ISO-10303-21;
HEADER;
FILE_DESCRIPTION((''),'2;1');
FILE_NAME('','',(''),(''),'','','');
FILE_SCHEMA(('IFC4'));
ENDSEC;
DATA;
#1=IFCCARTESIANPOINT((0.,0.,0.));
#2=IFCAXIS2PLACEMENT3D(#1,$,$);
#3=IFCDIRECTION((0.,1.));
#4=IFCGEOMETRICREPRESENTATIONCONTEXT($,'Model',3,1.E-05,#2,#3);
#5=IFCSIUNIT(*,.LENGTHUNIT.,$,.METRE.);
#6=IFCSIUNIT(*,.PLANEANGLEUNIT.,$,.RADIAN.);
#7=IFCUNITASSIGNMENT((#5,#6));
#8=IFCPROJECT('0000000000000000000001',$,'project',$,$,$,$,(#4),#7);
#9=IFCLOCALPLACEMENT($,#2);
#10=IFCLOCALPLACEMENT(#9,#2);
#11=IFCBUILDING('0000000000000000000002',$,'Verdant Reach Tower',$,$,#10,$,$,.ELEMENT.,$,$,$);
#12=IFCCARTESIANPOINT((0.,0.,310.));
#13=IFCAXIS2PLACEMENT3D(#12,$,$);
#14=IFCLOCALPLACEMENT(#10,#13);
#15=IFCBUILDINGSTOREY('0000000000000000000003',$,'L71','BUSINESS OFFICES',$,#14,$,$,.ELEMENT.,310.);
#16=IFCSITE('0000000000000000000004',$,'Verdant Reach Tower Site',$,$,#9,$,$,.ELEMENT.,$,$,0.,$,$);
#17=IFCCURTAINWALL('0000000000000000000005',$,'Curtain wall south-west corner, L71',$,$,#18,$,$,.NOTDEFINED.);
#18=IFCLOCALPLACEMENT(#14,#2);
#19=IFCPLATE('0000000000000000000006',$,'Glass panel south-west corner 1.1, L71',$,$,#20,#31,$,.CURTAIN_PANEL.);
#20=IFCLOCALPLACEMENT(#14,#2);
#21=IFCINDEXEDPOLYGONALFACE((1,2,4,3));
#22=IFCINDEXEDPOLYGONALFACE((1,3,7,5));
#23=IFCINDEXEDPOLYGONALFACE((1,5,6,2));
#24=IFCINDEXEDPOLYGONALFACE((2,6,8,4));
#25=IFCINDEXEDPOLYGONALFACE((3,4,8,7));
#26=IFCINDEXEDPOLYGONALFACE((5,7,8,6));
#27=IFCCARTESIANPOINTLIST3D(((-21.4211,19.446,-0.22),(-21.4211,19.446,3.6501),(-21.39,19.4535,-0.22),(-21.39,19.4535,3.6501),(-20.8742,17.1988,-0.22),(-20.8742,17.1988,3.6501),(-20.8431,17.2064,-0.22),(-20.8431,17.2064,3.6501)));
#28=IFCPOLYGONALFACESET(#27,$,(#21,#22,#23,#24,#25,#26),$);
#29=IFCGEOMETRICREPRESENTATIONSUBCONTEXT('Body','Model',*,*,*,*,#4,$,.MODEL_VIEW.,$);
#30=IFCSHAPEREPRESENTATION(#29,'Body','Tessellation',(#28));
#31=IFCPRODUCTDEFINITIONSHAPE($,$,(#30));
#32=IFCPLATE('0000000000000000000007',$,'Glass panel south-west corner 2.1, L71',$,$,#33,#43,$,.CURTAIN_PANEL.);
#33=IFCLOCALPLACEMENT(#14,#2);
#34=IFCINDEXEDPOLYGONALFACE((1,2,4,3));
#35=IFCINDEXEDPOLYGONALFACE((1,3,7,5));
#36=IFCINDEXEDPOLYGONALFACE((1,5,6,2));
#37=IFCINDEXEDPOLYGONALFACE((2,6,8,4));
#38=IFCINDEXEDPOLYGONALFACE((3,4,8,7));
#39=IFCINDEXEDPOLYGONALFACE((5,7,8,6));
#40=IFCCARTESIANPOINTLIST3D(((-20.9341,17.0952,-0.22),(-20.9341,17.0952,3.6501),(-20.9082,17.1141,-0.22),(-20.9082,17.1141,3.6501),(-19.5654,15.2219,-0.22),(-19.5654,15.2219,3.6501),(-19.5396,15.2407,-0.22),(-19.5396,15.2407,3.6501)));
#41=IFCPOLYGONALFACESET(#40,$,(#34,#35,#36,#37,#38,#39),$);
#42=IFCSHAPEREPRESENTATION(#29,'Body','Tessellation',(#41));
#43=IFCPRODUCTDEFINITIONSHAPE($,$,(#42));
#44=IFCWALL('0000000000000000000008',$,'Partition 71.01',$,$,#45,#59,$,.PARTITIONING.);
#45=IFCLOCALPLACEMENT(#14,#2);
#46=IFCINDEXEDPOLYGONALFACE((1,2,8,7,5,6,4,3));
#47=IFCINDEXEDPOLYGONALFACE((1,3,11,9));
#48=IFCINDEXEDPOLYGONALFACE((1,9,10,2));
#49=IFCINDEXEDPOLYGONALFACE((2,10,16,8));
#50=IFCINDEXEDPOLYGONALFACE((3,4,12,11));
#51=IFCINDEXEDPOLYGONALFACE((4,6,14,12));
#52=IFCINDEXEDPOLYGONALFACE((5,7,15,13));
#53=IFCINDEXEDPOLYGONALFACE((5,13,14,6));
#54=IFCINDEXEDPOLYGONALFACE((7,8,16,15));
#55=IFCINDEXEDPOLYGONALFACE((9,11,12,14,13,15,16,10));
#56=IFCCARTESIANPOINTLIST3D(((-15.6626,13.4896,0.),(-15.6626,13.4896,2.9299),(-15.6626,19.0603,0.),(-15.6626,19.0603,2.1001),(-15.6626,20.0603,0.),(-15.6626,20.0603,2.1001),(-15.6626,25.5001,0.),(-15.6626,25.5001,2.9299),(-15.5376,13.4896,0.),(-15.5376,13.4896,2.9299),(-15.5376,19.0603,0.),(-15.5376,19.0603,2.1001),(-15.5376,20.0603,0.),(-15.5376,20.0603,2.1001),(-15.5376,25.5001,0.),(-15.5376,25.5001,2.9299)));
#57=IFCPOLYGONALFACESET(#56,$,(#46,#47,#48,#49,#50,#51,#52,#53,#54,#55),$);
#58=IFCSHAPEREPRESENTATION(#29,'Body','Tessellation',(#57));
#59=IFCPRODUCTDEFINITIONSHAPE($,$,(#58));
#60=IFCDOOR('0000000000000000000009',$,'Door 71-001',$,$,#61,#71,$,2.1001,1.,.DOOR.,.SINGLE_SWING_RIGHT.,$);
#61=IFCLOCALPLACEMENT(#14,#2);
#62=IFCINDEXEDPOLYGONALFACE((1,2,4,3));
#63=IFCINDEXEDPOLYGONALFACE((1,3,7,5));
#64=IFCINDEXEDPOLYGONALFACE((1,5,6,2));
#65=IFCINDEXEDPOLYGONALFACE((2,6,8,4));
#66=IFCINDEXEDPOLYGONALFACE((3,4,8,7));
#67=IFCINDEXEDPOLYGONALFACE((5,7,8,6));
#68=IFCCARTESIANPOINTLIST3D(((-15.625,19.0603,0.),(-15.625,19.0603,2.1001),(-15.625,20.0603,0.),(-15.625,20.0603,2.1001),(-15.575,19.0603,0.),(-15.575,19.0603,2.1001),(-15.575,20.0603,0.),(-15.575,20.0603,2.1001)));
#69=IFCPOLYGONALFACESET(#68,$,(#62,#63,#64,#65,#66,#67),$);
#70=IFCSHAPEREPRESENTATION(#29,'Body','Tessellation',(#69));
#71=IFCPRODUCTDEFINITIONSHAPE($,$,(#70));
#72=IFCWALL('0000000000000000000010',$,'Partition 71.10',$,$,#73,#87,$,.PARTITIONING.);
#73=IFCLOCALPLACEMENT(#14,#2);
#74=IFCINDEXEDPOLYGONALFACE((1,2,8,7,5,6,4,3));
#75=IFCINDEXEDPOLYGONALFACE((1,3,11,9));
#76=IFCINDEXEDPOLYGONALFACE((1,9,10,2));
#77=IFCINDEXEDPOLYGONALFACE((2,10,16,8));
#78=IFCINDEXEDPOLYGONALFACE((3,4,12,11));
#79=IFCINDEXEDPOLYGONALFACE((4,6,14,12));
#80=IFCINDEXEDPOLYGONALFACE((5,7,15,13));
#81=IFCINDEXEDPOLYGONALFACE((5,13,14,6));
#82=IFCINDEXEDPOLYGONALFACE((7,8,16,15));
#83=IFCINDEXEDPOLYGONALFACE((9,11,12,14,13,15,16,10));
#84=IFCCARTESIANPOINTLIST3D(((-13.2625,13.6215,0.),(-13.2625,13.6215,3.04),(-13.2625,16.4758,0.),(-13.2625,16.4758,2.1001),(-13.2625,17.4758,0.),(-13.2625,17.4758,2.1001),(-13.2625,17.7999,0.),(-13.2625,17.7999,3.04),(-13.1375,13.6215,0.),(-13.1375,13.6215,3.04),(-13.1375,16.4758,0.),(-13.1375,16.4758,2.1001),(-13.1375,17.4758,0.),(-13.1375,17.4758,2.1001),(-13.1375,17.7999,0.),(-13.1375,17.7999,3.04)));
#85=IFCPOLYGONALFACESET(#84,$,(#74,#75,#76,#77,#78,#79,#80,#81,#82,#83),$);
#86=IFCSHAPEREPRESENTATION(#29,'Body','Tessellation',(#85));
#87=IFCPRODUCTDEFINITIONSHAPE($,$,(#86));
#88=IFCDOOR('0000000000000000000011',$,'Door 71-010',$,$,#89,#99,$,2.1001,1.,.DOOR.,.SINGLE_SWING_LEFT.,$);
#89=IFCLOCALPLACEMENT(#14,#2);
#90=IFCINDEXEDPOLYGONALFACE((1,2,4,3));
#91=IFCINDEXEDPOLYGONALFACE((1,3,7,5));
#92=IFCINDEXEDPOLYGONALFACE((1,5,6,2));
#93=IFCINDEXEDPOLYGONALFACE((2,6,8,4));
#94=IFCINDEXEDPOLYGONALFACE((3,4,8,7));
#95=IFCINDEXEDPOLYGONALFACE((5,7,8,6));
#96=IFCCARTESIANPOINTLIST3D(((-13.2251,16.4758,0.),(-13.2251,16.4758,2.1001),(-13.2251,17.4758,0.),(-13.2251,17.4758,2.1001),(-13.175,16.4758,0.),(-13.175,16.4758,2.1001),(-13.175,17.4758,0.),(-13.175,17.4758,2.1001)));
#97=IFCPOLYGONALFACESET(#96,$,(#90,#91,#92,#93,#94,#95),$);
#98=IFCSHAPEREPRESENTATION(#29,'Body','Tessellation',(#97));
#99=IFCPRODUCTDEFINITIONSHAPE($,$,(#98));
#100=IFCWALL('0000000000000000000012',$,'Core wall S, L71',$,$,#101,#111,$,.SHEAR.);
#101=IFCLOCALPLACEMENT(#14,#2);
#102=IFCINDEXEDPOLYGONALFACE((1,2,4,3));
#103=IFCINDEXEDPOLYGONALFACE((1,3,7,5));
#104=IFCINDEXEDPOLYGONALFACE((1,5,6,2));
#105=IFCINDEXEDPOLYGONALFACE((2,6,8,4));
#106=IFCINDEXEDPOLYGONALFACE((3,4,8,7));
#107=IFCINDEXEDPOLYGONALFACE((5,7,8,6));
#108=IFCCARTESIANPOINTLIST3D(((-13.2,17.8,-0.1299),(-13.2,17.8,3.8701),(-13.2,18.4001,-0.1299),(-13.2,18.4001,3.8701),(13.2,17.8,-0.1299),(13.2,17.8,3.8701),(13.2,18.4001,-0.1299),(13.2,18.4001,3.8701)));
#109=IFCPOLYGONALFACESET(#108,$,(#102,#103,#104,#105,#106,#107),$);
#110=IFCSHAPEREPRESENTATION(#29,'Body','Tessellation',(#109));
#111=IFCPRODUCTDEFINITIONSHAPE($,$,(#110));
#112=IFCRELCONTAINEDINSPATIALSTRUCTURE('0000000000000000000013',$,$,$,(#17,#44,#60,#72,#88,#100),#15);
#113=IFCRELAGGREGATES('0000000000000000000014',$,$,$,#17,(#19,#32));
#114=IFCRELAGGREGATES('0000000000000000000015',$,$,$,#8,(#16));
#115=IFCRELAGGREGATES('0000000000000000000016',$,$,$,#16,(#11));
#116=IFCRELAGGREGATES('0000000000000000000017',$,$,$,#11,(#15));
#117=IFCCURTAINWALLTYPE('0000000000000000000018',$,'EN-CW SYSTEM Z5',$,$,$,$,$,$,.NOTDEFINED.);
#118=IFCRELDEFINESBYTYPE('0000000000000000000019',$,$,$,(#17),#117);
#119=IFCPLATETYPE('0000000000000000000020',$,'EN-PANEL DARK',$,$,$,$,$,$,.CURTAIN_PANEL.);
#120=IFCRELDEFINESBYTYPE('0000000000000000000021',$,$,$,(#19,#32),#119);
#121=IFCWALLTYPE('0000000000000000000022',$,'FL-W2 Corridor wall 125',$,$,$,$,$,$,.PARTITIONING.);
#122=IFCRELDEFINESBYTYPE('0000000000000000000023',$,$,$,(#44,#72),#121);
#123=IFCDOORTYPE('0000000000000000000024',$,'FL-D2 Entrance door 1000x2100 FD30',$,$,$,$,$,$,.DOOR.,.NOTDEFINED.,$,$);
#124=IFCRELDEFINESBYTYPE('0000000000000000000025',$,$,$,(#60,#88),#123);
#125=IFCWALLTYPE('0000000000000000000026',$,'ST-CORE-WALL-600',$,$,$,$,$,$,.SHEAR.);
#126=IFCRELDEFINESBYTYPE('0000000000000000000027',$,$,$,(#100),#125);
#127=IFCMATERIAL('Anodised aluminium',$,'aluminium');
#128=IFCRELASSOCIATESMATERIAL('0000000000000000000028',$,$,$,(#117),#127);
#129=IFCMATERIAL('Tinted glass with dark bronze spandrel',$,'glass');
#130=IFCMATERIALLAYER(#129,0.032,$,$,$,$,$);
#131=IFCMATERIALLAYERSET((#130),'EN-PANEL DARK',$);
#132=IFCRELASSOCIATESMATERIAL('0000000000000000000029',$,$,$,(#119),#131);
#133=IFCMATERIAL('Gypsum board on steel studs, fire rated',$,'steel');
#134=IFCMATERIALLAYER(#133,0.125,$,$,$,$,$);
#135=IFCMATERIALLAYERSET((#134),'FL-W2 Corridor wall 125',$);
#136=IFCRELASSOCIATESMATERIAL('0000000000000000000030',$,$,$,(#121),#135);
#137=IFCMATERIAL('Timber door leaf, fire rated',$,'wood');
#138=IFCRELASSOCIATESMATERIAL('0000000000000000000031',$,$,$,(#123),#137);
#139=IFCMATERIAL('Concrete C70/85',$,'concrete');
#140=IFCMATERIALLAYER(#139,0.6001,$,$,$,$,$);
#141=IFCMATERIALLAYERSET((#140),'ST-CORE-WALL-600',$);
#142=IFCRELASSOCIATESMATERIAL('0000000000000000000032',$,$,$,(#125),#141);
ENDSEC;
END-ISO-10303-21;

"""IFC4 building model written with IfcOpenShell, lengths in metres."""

from ifc_helpers import new_model, si_unit, direction, frame, frame_2d, origin, origin_2d, place, context, subcontext, project, spatial, rectangle, extrude, material, layer, layer_set, type_object, element, fill, aggregate, save


model = new_model("IFC4")

# Units and contexts
model_context = context("Model", 3, precision=1e-05, world=origin(), true_north=direction((0.0, 1.0)))
body_context = subcontext(model_context, "Body", "Model", "MODEL_VIEW")
ifc_project = project(units=[si_unit("LENGTHUNIT", "METRE"), si_unit("PLANEANGLEUNIT", "RADIAN")], contexts=[model_context])

# Site, building, storey
site_placement = place(None, origin())
site = spatial("IfcSite", under=ifc_project, at=site_placement, Name="Verdant Reach Tower Site", CompositionType="ELEMENT", RefElevation=0.0)
building_placement = place(site_placement, origin())
building = spatial("IfcBuilding", under=site, at=building_placement, Name="Verdant Reach Tower", CompositionType="ELEMENT")
storey_placement = place(building_placement, frame((0.0, 0.0, 310.0)))
storey = spatial("IfcBuildingStorey", under=building, at=storey_placement, Name="L71", Description="BUSINESS OFFICES", CompositionType="ELEMENT", Elevation=310.0)

# Shared definitions
ifc_material_1 = material(Name="Anodised aluminium", Category="aluminium")
curtain_wall_type = type_object("IfcCurtainWallType", Name="EN-CW SYSTEM Z5", PredefinedType="NOTDEFINED", material=ifc_material_1)

# Curtain wall
curtain_wall_1_placement = place(storey_placement, origin())
curtain_wall_1 = element("IfcCurtainWall", 1, at=curtain_wall_1_placement, inside=storey, type_object=curtain_wall_type, Name="Curtain wall south-west corner, L71", PredefinedType="NOTDEFINED")

# Plates
ifc_material_2 = material(Name="Tinted glass with dark bronze spandrel", Category="glass")
ifc_layer_1 = layer(ifc_material_2, 0.032)
ifc_layer_set_1 = layer_set([ifc_layer_1], Name="EN-PANEL DARK")
plate_type_1 = type_object("IfcPlateType", Name="EN-PANEL DARK", PredefinedType="CURTAIN_PANEL", material=ifc_layer_set_1)
plate_1_placement = place(storey_placement, frame((-21.1321, 18.3262, -0.22), z_axis=(0.0, 0.0, 1.0), x_axis=(0.236471, -0.971638, 0.0)))
plate_1 = element("IfcPlate", 2, at=plate_1_placement, type_object=plate_type_1, Name="Glass panel south-west corner 1.1, L71", PredefinedType="CURTAIN_PANEL", context=body_context, shape_type="SweptSolid", body=[
    extrude(rectangle(XDim=2.3127, YDim=0.032, at=origin_2d()), origin(), (0.0, 0.0, 1.0), 3.8701),
])
plate_2_placement = place(storey_placement, frame((-20.2368, 16.168, -0.22), z_axis=(0.0, 0.0, 1.0), x_axis=(0.589927, -0.807457, 0.0)))
plate_2 = element("IfcPlate", 3, at=plate_2_placement, type_object=plate_type_1, Name="Glass panel south-west corner 2.1, L71", PredefinedType="CURTAIN_PANEL", context=body_context, shape_type="SweptSolid", body=[
    extrude(rectangle(XDim=2.3201, YDim=0.032, at=origin_2d()), origin(), (0.0, 0.0, 1.0), 3.8701),
])
aggregate(curtain_wall_1, [plate_1, plate_2])

# Walls, openings, doors
ifc_material_3 = material(Name="Gypsum board on steel studs, fire rated", Category="steel")
ifc_layer_2 = layer(ifc_material_3, 0.125)
ifc_layer_set_2 = layer_set([ifc_layer_2], Name="FL-W2 Corridor wall 125")
wall_type_1 = type_object("IfcWallType", Name="FL-W2 Corridor wall 125", PredefinedType="PARTITIONING", material=ifc_layer_set_2)
wall_1_placement = place(storey_placement, frame((-15.6001, 13.4895, 0.0), z_axis=(0.0, 0.0, 1.0), x_axis=(0.0, 1.0, 0.0)))
wall_1 = element("IfcWall", 4, at=wall_1_placement, inside=storey, type_object=wall_type_1, Name="Partition 71.01", PredefinedType="PARTITIONING", context=body_context, shape_type="SweptSolid", body=[
    extrude(rectangle(XDim=12.0105, YDim=0.125, at=frame_2d((6.0054, 0.0))), origin(), (0.0, 0.0, 1.0), 2.9299),
])
opening_1_placement = place(wall_1_placement, frame((5.5708, 0.0, 0.0)))
opening_1 = element("IfcOpeningElement", 5, at=opening_1_placement, cuts=wall_1, PredefinedType="OPENING", context=body_context, shape_type="SweptSolid", body=[
    extrude(rectangle(XDim=1.0, YDim=2.1001, at=frame_2d((0.5, 1.05))), frame((0.0, 0.0725, 0.0), z_axis=(0.0, -1.0, 0.0), x_axis=(1.0, 0.0, 0.0)), (0.0, 0.0, 1.0), 0.145),
])
ifc_material_4 = material(Name="Timber door leaf, fire rated", Category="wood")
door_type = type_object("IfcDoorType", Name="FL-D2 Entrance door 1000x2100 FD30", OperationType="NOTDEFINED", PredefinedType="DOOR", material=ifc_material_4)
door_1_placement = place(opening_1_placement, origin())
door_1 = element("IfcDoor", 6, at=door_1_placement, inside=storey, type_object=door_type, Name="Door 71-001", OperationType="SINGLE_SWING_RIGHT", OverallHeight=2.1001, OverallWidth=1.0, PredefinedType="DOOR", context=body_context, shape_type="SweptSolid", body=[
    extrude(rectangle(XDim=1.0, YDim=2.1001, at=frame_2d((0.5, 1.05))), frame((0.0, 0.0249, 0.0), z_axis=(0.0, -1.0, 0.0), x_axis=(1.0, 0.0, 0.0)), (0.0, 0.0, 1.0), 0.05),
])
fill(opening_1, door_1)
wall_2_placement = place(storey_placement, frame((-13.2, 17.8, 0.0), z_axis=(0.0, 0.0, 1.0), x_axis=(0.0, -1.0, 0.0)))
wall_2 = element("IfcWall", 7, at=wall_2_placement, inside=storey, type_object=wall_type_1, Name="Partition 71.10", PredefinedType="PARTITIONING", context=body_context, shape_type="SweptSolid", body=[
    extrude(rectangle(XDim=4.1785, YDim=0.125, at=frame_2d((2.0894, 0.0))), origin(), (0.0, 0.0, 1.0), 3.04),
])
opening_2_placement = place(wall_2_placement, frame((0.3242, 0.0, 0.0)))
opening_2 = element("IfcOpeningElement", 8, at=opening_2_placement, cuts=wall_2, PredefinedType="OPENING", context=body_context, shape_type="SweptSolid", body=[
    extrude(rectangle(XDim=1.0, YDim=2.1001, at=frame_2d((0.5, 1.05))), frame((0.0, 0.0725, 0.0), z_axis=(0.0, -1.0, 0.0), x_axis=(1.0, 0.0, 0.0)), (0.0, 0.0, 1.0), 0.145),
])
door_2_placement = place(opening_2_placement, origin())
door_2 = element("IfcDoor", 9, at=door_2_placement, inside=storey, type_object=door_type, Name="Door 71-010", OperationType="SINGLE_SWING_LEFT", OverallHeight=2.1001, OverallWidth=1.0, PredefinedType="DOOR", context=body_context, shape_type="SweptSolid", body=[
    extrude(rectangle(XDim=1.0, YDim=2.1001, at=frame_2d((0.5, 1.05))), frame((0.0, 0.0249, 0.0), z_axis=(0.0, -1.0, 0.0), x_axis=(1.0, 0.0, 0.0)), (0.0, 0.0, 1.0), 0.05),
])
fill(opening_2, door_2)

# Wall
ifc_material_5 = material(Name="Concrete C70/85", Category="concrete")
ifc_layer_3 = layer(ifc_material_5, 0.6001)
ifc_layer_set_3 = layer_set([ifc_layer_3], Name="ST-CORE-WALL-600")
wall_type_2 = type_object("IfcWallType", Name="ST-CORE-WALL-600", PredefinedType="SHEAR", material=ifc_layer_set_3)
wall_3_placement = place(storey_placement, frame((-13.2, 18.1001, -0.1299), z_axis=(0.0, 0.0, 1.0), x_axis=(1.0, 0.0, 0.0)))
element("IfcWall", 10, at=wall_3_placement, inside=storey, type_object=wall_type_2, Name="Core wall S, L71", PredefinedType="SHEAR", context=body_context, shape_type="SweptSolid", body=[
    extrude(rectangle(XDim=26.3999, YDim=0.6001, at=frame_2d((13.2, 0.0))), origin(), (0.0, 0.0, 1.0), 4.0),
])

save(model, "model.ifc")
